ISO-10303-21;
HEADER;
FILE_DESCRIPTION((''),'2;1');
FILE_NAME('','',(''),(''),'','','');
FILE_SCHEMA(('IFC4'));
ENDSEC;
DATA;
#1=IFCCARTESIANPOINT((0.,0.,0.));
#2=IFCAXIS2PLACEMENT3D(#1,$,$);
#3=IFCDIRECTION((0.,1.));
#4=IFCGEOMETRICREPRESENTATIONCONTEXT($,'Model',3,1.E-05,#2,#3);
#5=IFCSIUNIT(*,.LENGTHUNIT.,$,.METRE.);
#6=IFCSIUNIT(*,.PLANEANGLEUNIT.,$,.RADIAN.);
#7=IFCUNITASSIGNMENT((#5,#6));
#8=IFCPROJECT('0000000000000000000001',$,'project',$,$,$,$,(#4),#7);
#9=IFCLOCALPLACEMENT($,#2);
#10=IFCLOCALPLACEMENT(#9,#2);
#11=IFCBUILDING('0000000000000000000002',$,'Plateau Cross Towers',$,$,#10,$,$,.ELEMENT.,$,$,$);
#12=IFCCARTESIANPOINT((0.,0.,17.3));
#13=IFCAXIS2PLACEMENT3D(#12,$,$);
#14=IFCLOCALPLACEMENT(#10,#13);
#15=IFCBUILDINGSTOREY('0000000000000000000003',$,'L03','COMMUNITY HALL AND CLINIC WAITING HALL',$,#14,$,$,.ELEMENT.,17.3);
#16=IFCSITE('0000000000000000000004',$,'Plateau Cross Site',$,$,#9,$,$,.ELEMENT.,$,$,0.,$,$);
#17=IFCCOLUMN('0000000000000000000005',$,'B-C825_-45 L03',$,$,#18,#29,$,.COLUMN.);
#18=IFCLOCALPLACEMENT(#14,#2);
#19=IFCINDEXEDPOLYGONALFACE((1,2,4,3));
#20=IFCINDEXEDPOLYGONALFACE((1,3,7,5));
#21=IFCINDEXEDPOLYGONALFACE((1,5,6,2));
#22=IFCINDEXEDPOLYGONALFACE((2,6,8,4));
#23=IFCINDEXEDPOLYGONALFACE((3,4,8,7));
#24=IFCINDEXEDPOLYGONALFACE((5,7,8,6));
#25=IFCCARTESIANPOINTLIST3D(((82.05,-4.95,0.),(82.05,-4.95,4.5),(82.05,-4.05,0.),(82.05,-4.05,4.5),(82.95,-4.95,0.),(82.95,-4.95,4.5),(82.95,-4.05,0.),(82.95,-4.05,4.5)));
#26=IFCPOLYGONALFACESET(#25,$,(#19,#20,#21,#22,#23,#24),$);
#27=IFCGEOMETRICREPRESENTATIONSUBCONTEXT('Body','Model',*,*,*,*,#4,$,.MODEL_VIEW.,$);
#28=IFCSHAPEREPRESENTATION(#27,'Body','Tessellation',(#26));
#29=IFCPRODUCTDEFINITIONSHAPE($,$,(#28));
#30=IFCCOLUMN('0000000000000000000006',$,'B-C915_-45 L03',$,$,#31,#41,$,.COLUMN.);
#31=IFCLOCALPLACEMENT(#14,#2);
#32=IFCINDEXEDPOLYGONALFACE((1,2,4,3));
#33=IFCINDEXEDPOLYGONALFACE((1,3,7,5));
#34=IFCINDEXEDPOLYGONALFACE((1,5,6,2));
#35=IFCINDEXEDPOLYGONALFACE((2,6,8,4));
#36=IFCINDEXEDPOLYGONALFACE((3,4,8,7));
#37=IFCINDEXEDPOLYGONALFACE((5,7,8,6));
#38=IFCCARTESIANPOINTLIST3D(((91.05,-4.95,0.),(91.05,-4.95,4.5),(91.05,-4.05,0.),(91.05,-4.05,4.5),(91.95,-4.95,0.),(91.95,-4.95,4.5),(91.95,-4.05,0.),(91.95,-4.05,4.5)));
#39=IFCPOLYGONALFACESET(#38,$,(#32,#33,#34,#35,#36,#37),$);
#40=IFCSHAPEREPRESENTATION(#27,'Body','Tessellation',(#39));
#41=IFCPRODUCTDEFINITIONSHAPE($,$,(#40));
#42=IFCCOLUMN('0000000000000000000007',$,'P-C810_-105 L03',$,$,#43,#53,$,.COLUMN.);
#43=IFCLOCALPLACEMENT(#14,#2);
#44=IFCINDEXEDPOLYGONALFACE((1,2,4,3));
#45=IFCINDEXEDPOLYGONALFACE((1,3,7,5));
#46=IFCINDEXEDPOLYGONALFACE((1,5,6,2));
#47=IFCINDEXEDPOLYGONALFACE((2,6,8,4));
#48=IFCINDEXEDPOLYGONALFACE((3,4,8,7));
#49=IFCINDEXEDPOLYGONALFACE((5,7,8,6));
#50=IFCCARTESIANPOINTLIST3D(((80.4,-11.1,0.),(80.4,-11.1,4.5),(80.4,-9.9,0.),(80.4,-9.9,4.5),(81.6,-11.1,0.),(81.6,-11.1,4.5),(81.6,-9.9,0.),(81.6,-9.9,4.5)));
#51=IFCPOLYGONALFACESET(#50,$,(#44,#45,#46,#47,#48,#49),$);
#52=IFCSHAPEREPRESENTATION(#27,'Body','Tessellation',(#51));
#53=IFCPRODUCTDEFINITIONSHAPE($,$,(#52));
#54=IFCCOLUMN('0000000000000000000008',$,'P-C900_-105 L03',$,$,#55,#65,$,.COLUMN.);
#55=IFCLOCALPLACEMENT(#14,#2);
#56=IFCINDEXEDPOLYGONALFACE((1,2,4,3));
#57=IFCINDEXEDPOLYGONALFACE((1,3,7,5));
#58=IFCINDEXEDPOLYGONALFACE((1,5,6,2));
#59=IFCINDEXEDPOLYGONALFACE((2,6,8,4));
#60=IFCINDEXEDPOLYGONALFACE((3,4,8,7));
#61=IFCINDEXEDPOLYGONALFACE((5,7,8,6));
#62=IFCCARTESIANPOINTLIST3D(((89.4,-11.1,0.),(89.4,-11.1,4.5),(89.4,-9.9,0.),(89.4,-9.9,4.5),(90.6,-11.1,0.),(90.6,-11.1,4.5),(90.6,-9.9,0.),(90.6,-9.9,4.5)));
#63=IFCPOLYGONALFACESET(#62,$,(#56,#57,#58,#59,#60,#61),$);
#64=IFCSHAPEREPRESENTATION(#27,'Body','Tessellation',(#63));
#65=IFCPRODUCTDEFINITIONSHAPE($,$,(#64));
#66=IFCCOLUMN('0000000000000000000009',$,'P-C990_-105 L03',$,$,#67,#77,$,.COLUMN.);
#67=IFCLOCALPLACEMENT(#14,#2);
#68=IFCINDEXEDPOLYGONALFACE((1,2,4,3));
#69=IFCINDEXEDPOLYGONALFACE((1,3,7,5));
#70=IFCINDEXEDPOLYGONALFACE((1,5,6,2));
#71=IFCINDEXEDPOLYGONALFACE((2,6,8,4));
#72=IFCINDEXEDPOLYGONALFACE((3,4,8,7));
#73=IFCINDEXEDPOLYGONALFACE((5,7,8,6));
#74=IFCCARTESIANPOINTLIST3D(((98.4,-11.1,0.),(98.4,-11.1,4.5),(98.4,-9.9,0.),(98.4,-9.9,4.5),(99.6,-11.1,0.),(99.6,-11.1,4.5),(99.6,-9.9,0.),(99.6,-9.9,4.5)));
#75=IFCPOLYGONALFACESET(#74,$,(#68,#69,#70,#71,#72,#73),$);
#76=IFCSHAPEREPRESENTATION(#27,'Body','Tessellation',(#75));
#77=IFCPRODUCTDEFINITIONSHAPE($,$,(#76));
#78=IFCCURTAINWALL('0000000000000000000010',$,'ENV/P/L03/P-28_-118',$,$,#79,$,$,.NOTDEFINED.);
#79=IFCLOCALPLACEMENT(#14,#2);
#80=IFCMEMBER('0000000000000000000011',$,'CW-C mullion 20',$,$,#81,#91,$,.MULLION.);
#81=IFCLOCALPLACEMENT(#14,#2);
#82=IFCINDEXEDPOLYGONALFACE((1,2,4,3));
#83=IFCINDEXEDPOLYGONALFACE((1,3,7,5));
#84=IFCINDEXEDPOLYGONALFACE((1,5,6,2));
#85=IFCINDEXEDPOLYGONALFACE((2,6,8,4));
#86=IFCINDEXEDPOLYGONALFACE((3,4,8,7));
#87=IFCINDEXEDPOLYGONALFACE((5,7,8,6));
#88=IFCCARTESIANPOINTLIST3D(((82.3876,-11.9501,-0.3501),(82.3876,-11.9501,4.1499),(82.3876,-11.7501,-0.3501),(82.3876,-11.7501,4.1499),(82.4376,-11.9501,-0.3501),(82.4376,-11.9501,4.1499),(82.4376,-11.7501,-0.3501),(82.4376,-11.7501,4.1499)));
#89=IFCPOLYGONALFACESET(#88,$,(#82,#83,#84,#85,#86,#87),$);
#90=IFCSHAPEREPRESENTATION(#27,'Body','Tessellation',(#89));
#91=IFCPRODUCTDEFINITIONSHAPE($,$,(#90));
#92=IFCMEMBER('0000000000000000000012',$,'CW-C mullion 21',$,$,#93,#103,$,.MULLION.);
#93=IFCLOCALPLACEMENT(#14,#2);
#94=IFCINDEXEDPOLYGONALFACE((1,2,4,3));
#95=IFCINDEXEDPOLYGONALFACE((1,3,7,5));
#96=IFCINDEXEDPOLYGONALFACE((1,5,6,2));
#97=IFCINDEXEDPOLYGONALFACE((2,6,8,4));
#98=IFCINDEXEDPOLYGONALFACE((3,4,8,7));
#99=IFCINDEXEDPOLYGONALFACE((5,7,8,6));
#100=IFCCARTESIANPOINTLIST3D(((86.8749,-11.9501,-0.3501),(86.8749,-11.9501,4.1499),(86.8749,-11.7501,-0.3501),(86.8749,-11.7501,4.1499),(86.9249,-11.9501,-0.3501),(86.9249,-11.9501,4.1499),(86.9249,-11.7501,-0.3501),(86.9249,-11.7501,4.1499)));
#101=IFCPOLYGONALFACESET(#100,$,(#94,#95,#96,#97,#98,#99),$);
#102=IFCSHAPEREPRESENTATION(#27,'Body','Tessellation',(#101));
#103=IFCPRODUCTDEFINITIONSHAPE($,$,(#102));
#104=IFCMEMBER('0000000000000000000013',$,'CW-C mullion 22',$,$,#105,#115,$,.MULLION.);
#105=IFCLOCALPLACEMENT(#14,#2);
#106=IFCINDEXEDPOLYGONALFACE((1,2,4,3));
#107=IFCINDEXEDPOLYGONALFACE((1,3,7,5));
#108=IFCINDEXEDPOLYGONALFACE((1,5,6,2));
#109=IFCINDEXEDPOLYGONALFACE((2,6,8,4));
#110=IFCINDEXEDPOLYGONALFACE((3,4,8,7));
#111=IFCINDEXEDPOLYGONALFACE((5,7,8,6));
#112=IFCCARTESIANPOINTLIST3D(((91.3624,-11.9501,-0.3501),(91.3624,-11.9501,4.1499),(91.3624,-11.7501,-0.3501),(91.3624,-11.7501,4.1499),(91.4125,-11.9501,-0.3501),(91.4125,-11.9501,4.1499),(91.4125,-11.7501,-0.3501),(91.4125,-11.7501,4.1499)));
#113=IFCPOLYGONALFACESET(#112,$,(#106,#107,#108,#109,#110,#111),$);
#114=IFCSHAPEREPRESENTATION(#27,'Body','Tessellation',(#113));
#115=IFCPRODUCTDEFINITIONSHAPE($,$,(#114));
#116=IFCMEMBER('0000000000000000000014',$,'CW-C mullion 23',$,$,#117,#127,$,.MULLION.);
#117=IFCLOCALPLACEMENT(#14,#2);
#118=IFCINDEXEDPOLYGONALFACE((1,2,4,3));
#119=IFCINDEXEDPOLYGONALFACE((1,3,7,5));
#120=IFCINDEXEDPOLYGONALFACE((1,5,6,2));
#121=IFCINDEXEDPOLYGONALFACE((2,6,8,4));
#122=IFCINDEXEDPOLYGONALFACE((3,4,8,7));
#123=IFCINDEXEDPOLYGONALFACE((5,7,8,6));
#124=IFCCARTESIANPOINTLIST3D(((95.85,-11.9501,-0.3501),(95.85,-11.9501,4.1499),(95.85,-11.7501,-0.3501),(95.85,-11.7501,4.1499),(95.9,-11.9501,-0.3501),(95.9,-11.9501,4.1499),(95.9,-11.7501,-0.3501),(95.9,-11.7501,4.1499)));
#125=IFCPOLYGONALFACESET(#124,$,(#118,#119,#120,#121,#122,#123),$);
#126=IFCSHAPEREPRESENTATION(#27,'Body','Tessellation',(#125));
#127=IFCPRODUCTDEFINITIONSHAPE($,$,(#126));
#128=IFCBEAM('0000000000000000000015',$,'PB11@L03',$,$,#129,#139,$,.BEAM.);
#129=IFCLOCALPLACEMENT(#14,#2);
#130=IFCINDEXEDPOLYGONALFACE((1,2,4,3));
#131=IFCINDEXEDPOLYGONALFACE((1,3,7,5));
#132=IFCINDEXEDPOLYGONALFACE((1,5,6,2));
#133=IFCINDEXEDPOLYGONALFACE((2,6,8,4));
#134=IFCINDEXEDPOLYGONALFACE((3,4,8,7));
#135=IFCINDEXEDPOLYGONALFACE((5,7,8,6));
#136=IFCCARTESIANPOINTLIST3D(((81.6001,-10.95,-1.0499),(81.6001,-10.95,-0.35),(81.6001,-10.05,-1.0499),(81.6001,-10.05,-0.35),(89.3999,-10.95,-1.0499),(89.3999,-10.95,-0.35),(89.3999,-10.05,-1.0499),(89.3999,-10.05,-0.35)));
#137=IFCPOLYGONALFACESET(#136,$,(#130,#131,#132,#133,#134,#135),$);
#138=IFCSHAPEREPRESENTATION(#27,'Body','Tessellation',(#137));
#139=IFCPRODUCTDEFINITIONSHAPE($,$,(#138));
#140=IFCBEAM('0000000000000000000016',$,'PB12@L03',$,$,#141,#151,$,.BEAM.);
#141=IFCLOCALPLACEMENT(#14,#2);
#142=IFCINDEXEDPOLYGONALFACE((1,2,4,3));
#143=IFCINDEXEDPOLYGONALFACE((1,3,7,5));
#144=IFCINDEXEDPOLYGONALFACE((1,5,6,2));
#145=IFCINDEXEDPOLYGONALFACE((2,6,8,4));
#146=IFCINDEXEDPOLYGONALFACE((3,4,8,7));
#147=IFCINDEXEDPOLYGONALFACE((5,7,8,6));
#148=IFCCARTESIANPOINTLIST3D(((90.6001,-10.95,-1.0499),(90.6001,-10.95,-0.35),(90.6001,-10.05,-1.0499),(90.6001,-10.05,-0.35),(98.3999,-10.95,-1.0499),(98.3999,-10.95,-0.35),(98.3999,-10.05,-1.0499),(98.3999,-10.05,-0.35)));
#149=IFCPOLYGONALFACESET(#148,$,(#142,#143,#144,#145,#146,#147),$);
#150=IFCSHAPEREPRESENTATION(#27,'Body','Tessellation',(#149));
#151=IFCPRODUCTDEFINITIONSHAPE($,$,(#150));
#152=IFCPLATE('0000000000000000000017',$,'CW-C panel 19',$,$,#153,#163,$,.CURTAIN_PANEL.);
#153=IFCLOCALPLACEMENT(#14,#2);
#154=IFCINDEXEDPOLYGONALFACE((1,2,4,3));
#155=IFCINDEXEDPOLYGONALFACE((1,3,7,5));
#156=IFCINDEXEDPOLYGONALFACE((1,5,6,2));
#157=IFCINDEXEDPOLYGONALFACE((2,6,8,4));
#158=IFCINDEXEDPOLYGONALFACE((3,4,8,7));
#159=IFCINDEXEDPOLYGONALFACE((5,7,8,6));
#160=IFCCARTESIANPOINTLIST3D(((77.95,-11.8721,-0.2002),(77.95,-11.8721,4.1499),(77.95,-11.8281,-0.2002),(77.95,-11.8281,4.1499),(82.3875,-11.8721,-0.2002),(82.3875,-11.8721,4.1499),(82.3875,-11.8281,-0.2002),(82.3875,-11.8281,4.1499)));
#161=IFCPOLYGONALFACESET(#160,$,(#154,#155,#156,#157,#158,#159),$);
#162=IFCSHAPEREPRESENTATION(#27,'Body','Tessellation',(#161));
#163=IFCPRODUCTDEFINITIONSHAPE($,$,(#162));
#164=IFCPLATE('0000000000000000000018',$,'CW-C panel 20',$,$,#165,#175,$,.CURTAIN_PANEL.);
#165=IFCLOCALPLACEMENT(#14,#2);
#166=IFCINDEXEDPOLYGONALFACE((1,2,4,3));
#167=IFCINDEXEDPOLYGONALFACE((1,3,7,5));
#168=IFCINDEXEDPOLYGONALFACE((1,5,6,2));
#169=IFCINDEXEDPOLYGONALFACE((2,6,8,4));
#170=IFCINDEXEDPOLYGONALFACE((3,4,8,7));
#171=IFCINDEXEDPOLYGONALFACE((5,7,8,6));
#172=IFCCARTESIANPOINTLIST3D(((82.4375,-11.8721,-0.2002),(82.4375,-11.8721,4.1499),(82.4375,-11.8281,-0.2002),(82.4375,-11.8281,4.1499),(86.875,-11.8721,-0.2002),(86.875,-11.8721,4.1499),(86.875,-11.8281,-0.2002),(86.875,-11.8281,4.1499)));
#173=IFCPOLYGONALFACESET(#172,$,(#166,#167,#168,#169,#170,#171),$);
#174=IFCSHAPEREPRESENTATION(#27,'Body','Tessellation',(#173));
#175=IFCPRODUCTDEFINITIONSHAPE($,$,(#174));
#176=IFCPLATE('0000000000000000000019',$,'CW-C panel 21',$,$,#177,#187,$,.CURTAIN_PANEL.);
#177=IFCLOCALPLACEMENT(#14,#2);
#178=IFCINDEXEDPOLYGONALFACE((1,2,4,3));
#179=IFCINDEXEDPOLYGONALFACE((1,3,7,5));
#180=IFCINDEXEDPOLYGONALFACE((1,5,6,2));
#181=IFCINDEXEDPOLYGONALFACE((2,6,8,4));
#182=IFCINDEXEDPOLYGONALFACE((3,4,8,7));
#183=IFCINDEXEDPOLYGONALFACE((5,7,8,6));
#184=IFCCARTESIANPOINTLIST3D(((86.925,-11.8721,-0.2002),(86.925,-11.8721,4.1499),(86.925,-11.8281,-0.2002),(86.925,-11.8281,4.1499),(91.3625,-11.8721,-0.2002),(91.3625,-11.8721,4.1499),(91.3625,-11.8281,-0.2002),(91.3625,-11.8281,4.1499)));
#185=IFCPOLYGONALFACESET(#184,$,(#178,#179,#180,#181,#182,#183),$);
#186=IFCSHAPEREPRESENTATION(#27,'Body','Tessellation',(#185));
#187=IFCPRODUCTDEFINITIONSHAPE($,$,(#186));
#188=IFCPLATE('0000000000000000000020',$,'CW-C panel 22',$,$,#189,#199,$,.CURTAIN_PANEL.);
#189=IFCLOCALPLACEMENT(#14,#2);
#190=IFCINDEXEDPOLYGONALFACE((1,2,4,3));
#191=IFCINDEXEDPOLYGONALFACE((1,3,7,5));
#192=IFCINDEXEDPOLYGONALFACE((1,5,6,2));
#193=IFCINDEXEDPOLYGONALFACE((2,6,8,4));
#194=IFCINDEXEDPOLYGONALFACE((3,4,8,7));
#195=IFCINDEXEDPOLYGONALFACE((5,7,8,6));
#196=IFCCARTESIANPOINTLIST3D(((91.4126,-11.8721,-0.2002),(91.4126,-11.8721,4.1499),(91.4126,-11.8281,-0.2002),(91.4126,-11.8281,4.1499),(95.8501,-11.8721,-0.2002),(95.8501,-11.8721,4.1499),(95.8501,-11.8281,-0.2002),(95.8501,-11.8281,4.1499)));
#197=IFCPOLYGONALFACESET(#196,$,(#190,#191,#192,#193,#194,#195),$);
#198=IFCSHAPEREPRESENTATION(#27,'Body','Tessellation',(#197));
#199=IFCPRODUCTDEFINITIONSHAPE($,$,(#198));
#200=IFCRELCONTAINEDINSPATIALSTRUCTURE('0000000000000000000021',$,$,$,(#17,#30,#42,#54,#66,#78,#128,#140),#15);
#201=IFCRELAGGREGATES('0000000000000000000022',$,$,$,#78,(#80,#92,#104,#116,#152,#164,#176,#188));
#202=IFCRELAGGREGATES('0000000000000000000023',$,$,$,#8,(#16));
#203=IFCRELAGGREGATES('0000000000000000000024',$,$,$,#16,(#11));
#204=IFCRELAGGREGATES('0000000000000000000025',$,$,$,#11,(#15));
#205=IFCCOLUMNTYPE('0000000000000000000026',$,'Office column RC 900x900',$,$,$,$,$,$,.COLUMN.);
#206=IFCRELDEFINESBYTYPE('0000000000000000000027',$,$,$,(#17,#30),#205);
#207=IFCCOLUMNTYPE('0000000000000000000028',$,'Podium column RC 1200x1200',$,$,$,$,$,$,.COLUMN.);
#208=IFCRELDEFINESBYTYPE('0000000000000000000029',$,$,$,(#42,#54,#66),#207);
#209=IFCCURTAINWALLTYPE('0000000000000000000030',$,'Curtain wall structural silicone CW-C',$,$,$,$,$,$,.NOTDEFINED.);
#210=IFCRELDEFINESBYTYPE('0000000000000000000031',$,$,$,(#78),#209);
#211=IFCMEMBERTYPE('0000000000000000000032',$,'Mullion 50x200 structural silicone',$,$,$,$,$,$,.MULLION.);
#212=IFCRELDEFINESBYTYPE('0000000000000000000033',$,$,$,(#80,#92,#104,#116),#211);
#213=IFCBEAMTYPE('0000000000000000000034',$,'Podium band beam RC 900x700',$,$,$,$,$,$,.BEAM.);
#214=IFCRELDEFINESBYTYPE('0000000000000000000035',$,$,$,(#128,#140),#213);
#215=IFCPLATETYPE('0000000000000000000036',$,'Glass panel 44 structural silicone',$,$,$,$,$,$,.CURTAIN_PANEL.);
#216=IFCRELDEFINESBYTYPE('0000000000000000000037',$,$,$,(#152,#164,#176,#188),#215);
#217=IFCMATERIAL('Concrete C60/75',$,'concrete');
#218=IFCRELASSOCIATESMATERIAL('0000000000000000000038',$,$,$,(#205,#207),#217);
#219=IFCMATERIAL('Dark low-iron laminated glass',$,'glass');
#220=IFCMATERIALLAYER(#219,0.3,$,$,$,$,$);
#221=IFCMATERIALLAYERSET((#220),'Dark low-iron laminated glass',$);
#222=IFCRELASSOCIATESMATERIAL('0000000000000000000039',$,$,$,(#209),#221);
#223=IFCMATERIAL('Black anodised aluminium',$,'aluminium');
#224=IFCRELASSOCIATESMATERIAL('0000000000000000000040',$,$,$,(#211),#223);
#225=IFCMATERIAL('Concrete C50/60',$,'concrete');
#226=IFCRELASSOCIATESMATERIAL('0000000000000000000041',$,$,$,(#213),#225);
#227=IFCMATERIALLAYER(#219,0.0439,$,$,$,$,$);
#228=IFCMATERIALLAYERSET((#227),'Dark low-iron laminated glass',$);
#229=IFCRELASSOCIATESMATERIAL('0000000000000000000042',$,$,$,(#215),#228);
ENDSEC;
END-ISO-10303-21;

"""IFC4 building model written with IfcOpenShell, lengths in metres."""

from ifc_helpers import new_model, si_unit, direction, frame, origin, origin_2d, place, context, subcontext, project, spatial, rectangle, extrude, material, layer, layer_set, material_profile, profile_set, type_object, element, aggregate, save


model = new_model("IFC4")

# Units and contexts
model_context = context("Model", 3, precision=1e-05, world=origin(), true_north=direction((0.0, 1.0)))
body_context = subcontext(model_context, "Body", "Model", "MODEL_VIEW")
ifc_project = project(units=[si_unit("LENGTHUNIT", "METRE"), si_unit("PLANEANGLEUNIT", "RADIAN")], contexts=[model_context])

# Site, building, storey
site_placement = place(None, origin())
site = spatial("IfcSite", under=ifc_project, at=site_placement, Name="Plateau Cross Site", CompositionType="ELEMENT", RefElevation=0.0)
building_placement = place(site_placement, origin())
building = spatial("IfcBuilding", under=site, at=building_placement, Name="Plateau Cross Towers", CompositionType="ELEMENT")
storey_placement = place(building_placement, frame((0.0, 0.0, 17.3)))
storey = spatial("IfcBuildingStorey", under=building, at=storey_placement, Name="L03", Description="COMMUNITY HALL AND CLINIC WAITING HALL", CompositionType="ELEMENT", Elevation=17.3)

# Columns
ifc_material_1 = material(Name="Concrete C60/75", Category="concrete")
ifc_material_profile_1 = material_profile(ifc_material_1, rectangle(XDim=0.8999, YDim=0.8999, at=origin_2d()), Name="RC 900x900")
ifc_profile_set_1 = profile_set([ifc_material_profile_1], Name="Concrete C60/75")
column_type_1 = type_object("IfcColumnType", Name="Office column RC 900x900", PredefinedType="COLUMN", material=ifc_profile_set_1)
for number, where, z_axis, x_axis, name in (
    (1, (82.5, -4.5, 0.0), (0.0, 0.0, 1.0), (1.0, 0.0, 0.0), "B-C825_-45 L03"),
    (2, (91.5, -4.5, 0.0), (0.0, 0.0, 1.0), (1.0, 0.0, 0.0), "B-C915_-45 L03"),
):
    element("IfcColumn", number, at=place(storey_placement, frame(where, z_axis=z_axis, x_axis=x_axis)), inside=storey, type_object=column_type_1, Name=name, PredefinedType="COLUMN", context=body_context, shape_type="SweptSolid", body=[
        extrude(rectangle(XDim=0.8999, YDim=0.8999, at=origin_2d()), origin(), (0.0, 0.0, 1.0), 4.5),
    ])
ifc_material_profile_2 = material_profile(ifc_material_1, rectangle(XDim=1.2, YDim=1.2, at=origin_2d()), Name="RC 1200x1200")
ifc_profile_set_2 = profile_set([ifc_material_profile_2], Name="Concrete C60/75")
column_type_2 = type_object("IfcColumnType", Name="Podium column RC 1200x1200", PredefinedType="COLUMN", material=ifc_profile_set_2)
for number, where, z_axis, x_axis, name in (
    (3, (81.0, -10.5, 0.0), (0.0, 0.0, 1.0), (1.0, 0.0, 0.0), "P-C810_-105 L03"),
    (4, (90.0, -10.5, 0.0), (0.0, 0.0, 1.0), (1.0, 0.0, 0.0), "P-C900_-105 L03"),
    (5, (99.0, -10.5, 0.0), (0.0, 0.0, 1.0), (1.0, 0.0, 0.0), "P-C990_-105 L03"),
):
    element("IfcColumn", number, at=place(storey_placement, frame(where, z_axis=z_axis, x_axis=x_axis)), inside=storey, type_object=column_type_2, Name=name, PredefinedType="COLUMN", context=body_context, shape_type="SweptSolid", body=[
        extrude(rectangle(XDim=1.2, YDim=1.2, at=origin_2d()), origin(), (0.0, 0.0, 1.0), 4.5),
    ])

# Curtain wall, members
ifc_material_2 = material(Name="Dark low-iron laminated glass", Category="glass")
ifc_layer_1 = layer(ifc_material_2, 0.3)
ifc_layer_set_1 = layer_set([ifc_layer_1], Name="Dark low-iron laminated glass")
curtain_wall_type = type_object("IfcCurtainWallType", Name="Curtain wall structural silicone CW-C", PredefinedType="NOTDEFINED", material=ifc_layer_set_1)
curtain_wall_placement = place(storey_placement, origin())
curtain_wall = element("IfcCurtainWall", 6, at=curtain_wall_placement, inside=storey, type_object=curtain_wall_type, Name="ENV/P/L03/P-28_-118", PredefinedType="NOTDEFINED")
ifc_material_3 = material(Name="Black anodised aluminium", Category="aluminium")
ifc_material_profile_3 = material_profile(ifc_material_3, rectangle(XDim=0.05, YDim=0.2, at=origin_2d()), Name="MULLION 50x200")
ifc_profile_set_3 = profile_set([ifc_material_profile_3], Name="Black anodised aluminium")
member_type = type_object("IfcMemberType", Name="Mullion 50x200 structural silicone", PredefinedType="MULLION", material=ifc_profile_set_3)
member_1_placement = place(storey_placement, frame((82.4126, -11.8501, -0.3501), z_axis=(0.0, 0.0, 1.0), x_axis=(1.0, 0.0, 0.0)))
member_1 = element("IfcMember", 7, at=member_1_placement, type_object=member_type, Name="CW-C mullion 20", PredefinedType="MULLION", context=body_context, shape_type="SweptSolid", body=[
    extrude(rectangle(XDim=0.05, YDim=0.2, at=origin_2d()), origin(), (0.0, 0.0, 1.0), 4.5),
])
member_2_placement = place(storey_placement, frame((86.8999, -11.8501, -0.3501), z_axis=(0.0, 0.0, 1.0), x_axis=(1.0, 0.0, 0.0)))
member_2 = element("IfcMember", 8, at=member_2_placement, type_object=member_type, Name="CW-C mullion 21", PredefinedType="MULLION", context=body_context, shape_type="SweptSolid", body=[
    extrude(rectangle(XDim=0.05, YDim=0.2, at=origin_2d()), origin(), (0.0, 0.0, 1.0), 4.5),
])
member_3_placement = place(storey_placement, frame((91.3875, -11.8501, -0.3501), z_axis=(0.0, 0.0, 1.0), x_axis=(1.0, 0.0, 0.0)))
member_3 = element("IfcMember", 9, at=member_3_placement, type_object=member_type, Name="CW-C mullion 22", PredefinedType="MULLION", context=body_context, shape_type="SweptSolid", body=[
    extrude(rectangle(XDim=0.05, YDim=0.2, at=origin_2d()), origin(), (0.0, 0.0, 1.0), 4.5),
])
member_4_placement = place(storey_placement, frame((95.875, -11.8501, -0.3501), z_axis=(0.0, 0.0, 1.0), x_axis=(1.0, 0.0, 0.0)))
member_4 = element("IfcMember", 10, at=member_4_placement, type_object=member_type, Name="CW-C mullion 23", PredefinedType="MULLION", context=body_context, shape_type="SweptSolid", body=[
    extrude(rectangle(XDim=0.05, YDim=0.2, at=origin_2d()), origin(), (0.0, 0.0, 1.0), 4.5),
])

# Beams
ifc_material_4 = material(Name="Concrete C50/60", Category="concrete")
ifc_material_profile_4 = material_profile(ifc_material_4, rectangle(XDim=0.8999, YDim=0.7, at=origin_2d()), Name="RC 900x700")
ifc_profile_set_4 = profile_set([ifc_material_profile_4], Name="Concrete C50/60")
beam_type = type_object("IfcBeamType", Name="Podium band beam RC 900x700", PredefinedType="BEAM", material=ifc_profile_set_4)
for number, where, z_axis, x_axis, name in (
    (11, (81.6001, -10.5, -0.7), (1.0, 0.0, 0.0), (0.0, 1.0, 0.0), "PB11@L03"),
    (12, (90.6001, -10.5, -0.7), (1.0, 0.0, 0.0), (0.0, 1.0, 0.0), "PB12@L03"),
):
    element("IfcBeam", number, at=place(storey_placement, frame(where, z_axis=z_axis, x_axis=x_axis)), inside=storey, type_object=beam_type, Name=name, PredefinedType="BEAM", context=body_context, shape_type="SweptSolid", body=[
        extrude(rectangle(XDim=0.8999, YDim=0.7, at=origin_2d()), origin(), (0.0, 0.0, 1.0), 7.7998),
    ])

# Plates
ifc_layer_2 = layer(ifc_material_2, 0.0439)
ifc_layer_set_2 = layer_set([ifc_layer_2], Name="Dark low-iron laminated glass")
plate_type = type_object("IfcPlateType", Name="Glass panel 44 structural silicone", PredefinedType="CURTAIN_PANEL", material=ifc_layer_set_2)
plate_1_placement = place(storey_placement, frame((80.1687, -11.8501, -0.2002), z_axis=(0.0, 0.0, 1.0), x_axis=(1.0, 0.0, 0.0)))
plate_1 = element("IfcPlate", 13, at=plate_1_placement, type_object=plate_type, Name="CW-C panel 19", PredefinedType="CURTAIN_PANEL", context=body_context, shape_type="SweptSolid", body=[
    extrude(rectangle(XDim=4.4375, YDim=0.0439, at=origin_2d()), origin(), (0.0, 0.0, 1.0), 4.3501),
])
plate_2_placement = place(storey_placement, frame((84.6562, -11.8501, -0.2002), z_axis=(0.0, 0.0, 1.0), x_axis=(1.0, 0.0, 0.0)))
plate_2 = element("IfcPlate", 14, at=plate_2_placement, type_object=plate_type, Name="CW-C panel 20", PredefinedType="CURTAIN_PANEL", context=body_context, shape_type="SweptSolid", body=[
    extrude(rectangle(XDim=4.4375, YDim=0.0439, at=origin_2d()), origin(), (0.0, 0.0, 1.0), 4.3501),
])
plate_3_placement = place(storey_placement, frame((89.1438, -11.8501, -0.2002), z_axis=(0.0, 0.0, 1.0), x_axis=(1.0, 0.0, 0.0)))
plate_3 = element("IfcPlate", 15, at=plate_3_placement, type_object=plate_type, Name="CW-C panel 21", PredefinedType="CURTAIN_PANEL", context=body_context, shape_type="SweptSolid", body=[
    extrude(rectangle(XDim=4.4375, YDim=0.0439, at=origin_2d()), origin(), (0.0, 0.0, 1.0), 4.3501),
])
plate_4_placement = place(storey_placement, frame((93.6313, -11.8501, -0.2002), z_axis=(0.0, 0.0, 1.0), x_axis=(1.0, 0.0, 0.0)))
plate_4 = element("IfcPlate", 16, at=plate_4_placement, type_object=plate_type, Name="CW-C panel 22", PredefinedType="CURTAIN_PANEL", context=body_context, shape_type="SweptSolid", body=[
    extrude(rectangle(XDim=4.4375, YDim=0.0439, at=origin_2d()), origin(), (0.0, 0.0, 1.0), 4.3501),
])
aggregate(curtain_wall, [member_1, member_2, member_3, member_4, plate_1, plate_2, plate_3, plate_4])

save(model, "model.ifc")
